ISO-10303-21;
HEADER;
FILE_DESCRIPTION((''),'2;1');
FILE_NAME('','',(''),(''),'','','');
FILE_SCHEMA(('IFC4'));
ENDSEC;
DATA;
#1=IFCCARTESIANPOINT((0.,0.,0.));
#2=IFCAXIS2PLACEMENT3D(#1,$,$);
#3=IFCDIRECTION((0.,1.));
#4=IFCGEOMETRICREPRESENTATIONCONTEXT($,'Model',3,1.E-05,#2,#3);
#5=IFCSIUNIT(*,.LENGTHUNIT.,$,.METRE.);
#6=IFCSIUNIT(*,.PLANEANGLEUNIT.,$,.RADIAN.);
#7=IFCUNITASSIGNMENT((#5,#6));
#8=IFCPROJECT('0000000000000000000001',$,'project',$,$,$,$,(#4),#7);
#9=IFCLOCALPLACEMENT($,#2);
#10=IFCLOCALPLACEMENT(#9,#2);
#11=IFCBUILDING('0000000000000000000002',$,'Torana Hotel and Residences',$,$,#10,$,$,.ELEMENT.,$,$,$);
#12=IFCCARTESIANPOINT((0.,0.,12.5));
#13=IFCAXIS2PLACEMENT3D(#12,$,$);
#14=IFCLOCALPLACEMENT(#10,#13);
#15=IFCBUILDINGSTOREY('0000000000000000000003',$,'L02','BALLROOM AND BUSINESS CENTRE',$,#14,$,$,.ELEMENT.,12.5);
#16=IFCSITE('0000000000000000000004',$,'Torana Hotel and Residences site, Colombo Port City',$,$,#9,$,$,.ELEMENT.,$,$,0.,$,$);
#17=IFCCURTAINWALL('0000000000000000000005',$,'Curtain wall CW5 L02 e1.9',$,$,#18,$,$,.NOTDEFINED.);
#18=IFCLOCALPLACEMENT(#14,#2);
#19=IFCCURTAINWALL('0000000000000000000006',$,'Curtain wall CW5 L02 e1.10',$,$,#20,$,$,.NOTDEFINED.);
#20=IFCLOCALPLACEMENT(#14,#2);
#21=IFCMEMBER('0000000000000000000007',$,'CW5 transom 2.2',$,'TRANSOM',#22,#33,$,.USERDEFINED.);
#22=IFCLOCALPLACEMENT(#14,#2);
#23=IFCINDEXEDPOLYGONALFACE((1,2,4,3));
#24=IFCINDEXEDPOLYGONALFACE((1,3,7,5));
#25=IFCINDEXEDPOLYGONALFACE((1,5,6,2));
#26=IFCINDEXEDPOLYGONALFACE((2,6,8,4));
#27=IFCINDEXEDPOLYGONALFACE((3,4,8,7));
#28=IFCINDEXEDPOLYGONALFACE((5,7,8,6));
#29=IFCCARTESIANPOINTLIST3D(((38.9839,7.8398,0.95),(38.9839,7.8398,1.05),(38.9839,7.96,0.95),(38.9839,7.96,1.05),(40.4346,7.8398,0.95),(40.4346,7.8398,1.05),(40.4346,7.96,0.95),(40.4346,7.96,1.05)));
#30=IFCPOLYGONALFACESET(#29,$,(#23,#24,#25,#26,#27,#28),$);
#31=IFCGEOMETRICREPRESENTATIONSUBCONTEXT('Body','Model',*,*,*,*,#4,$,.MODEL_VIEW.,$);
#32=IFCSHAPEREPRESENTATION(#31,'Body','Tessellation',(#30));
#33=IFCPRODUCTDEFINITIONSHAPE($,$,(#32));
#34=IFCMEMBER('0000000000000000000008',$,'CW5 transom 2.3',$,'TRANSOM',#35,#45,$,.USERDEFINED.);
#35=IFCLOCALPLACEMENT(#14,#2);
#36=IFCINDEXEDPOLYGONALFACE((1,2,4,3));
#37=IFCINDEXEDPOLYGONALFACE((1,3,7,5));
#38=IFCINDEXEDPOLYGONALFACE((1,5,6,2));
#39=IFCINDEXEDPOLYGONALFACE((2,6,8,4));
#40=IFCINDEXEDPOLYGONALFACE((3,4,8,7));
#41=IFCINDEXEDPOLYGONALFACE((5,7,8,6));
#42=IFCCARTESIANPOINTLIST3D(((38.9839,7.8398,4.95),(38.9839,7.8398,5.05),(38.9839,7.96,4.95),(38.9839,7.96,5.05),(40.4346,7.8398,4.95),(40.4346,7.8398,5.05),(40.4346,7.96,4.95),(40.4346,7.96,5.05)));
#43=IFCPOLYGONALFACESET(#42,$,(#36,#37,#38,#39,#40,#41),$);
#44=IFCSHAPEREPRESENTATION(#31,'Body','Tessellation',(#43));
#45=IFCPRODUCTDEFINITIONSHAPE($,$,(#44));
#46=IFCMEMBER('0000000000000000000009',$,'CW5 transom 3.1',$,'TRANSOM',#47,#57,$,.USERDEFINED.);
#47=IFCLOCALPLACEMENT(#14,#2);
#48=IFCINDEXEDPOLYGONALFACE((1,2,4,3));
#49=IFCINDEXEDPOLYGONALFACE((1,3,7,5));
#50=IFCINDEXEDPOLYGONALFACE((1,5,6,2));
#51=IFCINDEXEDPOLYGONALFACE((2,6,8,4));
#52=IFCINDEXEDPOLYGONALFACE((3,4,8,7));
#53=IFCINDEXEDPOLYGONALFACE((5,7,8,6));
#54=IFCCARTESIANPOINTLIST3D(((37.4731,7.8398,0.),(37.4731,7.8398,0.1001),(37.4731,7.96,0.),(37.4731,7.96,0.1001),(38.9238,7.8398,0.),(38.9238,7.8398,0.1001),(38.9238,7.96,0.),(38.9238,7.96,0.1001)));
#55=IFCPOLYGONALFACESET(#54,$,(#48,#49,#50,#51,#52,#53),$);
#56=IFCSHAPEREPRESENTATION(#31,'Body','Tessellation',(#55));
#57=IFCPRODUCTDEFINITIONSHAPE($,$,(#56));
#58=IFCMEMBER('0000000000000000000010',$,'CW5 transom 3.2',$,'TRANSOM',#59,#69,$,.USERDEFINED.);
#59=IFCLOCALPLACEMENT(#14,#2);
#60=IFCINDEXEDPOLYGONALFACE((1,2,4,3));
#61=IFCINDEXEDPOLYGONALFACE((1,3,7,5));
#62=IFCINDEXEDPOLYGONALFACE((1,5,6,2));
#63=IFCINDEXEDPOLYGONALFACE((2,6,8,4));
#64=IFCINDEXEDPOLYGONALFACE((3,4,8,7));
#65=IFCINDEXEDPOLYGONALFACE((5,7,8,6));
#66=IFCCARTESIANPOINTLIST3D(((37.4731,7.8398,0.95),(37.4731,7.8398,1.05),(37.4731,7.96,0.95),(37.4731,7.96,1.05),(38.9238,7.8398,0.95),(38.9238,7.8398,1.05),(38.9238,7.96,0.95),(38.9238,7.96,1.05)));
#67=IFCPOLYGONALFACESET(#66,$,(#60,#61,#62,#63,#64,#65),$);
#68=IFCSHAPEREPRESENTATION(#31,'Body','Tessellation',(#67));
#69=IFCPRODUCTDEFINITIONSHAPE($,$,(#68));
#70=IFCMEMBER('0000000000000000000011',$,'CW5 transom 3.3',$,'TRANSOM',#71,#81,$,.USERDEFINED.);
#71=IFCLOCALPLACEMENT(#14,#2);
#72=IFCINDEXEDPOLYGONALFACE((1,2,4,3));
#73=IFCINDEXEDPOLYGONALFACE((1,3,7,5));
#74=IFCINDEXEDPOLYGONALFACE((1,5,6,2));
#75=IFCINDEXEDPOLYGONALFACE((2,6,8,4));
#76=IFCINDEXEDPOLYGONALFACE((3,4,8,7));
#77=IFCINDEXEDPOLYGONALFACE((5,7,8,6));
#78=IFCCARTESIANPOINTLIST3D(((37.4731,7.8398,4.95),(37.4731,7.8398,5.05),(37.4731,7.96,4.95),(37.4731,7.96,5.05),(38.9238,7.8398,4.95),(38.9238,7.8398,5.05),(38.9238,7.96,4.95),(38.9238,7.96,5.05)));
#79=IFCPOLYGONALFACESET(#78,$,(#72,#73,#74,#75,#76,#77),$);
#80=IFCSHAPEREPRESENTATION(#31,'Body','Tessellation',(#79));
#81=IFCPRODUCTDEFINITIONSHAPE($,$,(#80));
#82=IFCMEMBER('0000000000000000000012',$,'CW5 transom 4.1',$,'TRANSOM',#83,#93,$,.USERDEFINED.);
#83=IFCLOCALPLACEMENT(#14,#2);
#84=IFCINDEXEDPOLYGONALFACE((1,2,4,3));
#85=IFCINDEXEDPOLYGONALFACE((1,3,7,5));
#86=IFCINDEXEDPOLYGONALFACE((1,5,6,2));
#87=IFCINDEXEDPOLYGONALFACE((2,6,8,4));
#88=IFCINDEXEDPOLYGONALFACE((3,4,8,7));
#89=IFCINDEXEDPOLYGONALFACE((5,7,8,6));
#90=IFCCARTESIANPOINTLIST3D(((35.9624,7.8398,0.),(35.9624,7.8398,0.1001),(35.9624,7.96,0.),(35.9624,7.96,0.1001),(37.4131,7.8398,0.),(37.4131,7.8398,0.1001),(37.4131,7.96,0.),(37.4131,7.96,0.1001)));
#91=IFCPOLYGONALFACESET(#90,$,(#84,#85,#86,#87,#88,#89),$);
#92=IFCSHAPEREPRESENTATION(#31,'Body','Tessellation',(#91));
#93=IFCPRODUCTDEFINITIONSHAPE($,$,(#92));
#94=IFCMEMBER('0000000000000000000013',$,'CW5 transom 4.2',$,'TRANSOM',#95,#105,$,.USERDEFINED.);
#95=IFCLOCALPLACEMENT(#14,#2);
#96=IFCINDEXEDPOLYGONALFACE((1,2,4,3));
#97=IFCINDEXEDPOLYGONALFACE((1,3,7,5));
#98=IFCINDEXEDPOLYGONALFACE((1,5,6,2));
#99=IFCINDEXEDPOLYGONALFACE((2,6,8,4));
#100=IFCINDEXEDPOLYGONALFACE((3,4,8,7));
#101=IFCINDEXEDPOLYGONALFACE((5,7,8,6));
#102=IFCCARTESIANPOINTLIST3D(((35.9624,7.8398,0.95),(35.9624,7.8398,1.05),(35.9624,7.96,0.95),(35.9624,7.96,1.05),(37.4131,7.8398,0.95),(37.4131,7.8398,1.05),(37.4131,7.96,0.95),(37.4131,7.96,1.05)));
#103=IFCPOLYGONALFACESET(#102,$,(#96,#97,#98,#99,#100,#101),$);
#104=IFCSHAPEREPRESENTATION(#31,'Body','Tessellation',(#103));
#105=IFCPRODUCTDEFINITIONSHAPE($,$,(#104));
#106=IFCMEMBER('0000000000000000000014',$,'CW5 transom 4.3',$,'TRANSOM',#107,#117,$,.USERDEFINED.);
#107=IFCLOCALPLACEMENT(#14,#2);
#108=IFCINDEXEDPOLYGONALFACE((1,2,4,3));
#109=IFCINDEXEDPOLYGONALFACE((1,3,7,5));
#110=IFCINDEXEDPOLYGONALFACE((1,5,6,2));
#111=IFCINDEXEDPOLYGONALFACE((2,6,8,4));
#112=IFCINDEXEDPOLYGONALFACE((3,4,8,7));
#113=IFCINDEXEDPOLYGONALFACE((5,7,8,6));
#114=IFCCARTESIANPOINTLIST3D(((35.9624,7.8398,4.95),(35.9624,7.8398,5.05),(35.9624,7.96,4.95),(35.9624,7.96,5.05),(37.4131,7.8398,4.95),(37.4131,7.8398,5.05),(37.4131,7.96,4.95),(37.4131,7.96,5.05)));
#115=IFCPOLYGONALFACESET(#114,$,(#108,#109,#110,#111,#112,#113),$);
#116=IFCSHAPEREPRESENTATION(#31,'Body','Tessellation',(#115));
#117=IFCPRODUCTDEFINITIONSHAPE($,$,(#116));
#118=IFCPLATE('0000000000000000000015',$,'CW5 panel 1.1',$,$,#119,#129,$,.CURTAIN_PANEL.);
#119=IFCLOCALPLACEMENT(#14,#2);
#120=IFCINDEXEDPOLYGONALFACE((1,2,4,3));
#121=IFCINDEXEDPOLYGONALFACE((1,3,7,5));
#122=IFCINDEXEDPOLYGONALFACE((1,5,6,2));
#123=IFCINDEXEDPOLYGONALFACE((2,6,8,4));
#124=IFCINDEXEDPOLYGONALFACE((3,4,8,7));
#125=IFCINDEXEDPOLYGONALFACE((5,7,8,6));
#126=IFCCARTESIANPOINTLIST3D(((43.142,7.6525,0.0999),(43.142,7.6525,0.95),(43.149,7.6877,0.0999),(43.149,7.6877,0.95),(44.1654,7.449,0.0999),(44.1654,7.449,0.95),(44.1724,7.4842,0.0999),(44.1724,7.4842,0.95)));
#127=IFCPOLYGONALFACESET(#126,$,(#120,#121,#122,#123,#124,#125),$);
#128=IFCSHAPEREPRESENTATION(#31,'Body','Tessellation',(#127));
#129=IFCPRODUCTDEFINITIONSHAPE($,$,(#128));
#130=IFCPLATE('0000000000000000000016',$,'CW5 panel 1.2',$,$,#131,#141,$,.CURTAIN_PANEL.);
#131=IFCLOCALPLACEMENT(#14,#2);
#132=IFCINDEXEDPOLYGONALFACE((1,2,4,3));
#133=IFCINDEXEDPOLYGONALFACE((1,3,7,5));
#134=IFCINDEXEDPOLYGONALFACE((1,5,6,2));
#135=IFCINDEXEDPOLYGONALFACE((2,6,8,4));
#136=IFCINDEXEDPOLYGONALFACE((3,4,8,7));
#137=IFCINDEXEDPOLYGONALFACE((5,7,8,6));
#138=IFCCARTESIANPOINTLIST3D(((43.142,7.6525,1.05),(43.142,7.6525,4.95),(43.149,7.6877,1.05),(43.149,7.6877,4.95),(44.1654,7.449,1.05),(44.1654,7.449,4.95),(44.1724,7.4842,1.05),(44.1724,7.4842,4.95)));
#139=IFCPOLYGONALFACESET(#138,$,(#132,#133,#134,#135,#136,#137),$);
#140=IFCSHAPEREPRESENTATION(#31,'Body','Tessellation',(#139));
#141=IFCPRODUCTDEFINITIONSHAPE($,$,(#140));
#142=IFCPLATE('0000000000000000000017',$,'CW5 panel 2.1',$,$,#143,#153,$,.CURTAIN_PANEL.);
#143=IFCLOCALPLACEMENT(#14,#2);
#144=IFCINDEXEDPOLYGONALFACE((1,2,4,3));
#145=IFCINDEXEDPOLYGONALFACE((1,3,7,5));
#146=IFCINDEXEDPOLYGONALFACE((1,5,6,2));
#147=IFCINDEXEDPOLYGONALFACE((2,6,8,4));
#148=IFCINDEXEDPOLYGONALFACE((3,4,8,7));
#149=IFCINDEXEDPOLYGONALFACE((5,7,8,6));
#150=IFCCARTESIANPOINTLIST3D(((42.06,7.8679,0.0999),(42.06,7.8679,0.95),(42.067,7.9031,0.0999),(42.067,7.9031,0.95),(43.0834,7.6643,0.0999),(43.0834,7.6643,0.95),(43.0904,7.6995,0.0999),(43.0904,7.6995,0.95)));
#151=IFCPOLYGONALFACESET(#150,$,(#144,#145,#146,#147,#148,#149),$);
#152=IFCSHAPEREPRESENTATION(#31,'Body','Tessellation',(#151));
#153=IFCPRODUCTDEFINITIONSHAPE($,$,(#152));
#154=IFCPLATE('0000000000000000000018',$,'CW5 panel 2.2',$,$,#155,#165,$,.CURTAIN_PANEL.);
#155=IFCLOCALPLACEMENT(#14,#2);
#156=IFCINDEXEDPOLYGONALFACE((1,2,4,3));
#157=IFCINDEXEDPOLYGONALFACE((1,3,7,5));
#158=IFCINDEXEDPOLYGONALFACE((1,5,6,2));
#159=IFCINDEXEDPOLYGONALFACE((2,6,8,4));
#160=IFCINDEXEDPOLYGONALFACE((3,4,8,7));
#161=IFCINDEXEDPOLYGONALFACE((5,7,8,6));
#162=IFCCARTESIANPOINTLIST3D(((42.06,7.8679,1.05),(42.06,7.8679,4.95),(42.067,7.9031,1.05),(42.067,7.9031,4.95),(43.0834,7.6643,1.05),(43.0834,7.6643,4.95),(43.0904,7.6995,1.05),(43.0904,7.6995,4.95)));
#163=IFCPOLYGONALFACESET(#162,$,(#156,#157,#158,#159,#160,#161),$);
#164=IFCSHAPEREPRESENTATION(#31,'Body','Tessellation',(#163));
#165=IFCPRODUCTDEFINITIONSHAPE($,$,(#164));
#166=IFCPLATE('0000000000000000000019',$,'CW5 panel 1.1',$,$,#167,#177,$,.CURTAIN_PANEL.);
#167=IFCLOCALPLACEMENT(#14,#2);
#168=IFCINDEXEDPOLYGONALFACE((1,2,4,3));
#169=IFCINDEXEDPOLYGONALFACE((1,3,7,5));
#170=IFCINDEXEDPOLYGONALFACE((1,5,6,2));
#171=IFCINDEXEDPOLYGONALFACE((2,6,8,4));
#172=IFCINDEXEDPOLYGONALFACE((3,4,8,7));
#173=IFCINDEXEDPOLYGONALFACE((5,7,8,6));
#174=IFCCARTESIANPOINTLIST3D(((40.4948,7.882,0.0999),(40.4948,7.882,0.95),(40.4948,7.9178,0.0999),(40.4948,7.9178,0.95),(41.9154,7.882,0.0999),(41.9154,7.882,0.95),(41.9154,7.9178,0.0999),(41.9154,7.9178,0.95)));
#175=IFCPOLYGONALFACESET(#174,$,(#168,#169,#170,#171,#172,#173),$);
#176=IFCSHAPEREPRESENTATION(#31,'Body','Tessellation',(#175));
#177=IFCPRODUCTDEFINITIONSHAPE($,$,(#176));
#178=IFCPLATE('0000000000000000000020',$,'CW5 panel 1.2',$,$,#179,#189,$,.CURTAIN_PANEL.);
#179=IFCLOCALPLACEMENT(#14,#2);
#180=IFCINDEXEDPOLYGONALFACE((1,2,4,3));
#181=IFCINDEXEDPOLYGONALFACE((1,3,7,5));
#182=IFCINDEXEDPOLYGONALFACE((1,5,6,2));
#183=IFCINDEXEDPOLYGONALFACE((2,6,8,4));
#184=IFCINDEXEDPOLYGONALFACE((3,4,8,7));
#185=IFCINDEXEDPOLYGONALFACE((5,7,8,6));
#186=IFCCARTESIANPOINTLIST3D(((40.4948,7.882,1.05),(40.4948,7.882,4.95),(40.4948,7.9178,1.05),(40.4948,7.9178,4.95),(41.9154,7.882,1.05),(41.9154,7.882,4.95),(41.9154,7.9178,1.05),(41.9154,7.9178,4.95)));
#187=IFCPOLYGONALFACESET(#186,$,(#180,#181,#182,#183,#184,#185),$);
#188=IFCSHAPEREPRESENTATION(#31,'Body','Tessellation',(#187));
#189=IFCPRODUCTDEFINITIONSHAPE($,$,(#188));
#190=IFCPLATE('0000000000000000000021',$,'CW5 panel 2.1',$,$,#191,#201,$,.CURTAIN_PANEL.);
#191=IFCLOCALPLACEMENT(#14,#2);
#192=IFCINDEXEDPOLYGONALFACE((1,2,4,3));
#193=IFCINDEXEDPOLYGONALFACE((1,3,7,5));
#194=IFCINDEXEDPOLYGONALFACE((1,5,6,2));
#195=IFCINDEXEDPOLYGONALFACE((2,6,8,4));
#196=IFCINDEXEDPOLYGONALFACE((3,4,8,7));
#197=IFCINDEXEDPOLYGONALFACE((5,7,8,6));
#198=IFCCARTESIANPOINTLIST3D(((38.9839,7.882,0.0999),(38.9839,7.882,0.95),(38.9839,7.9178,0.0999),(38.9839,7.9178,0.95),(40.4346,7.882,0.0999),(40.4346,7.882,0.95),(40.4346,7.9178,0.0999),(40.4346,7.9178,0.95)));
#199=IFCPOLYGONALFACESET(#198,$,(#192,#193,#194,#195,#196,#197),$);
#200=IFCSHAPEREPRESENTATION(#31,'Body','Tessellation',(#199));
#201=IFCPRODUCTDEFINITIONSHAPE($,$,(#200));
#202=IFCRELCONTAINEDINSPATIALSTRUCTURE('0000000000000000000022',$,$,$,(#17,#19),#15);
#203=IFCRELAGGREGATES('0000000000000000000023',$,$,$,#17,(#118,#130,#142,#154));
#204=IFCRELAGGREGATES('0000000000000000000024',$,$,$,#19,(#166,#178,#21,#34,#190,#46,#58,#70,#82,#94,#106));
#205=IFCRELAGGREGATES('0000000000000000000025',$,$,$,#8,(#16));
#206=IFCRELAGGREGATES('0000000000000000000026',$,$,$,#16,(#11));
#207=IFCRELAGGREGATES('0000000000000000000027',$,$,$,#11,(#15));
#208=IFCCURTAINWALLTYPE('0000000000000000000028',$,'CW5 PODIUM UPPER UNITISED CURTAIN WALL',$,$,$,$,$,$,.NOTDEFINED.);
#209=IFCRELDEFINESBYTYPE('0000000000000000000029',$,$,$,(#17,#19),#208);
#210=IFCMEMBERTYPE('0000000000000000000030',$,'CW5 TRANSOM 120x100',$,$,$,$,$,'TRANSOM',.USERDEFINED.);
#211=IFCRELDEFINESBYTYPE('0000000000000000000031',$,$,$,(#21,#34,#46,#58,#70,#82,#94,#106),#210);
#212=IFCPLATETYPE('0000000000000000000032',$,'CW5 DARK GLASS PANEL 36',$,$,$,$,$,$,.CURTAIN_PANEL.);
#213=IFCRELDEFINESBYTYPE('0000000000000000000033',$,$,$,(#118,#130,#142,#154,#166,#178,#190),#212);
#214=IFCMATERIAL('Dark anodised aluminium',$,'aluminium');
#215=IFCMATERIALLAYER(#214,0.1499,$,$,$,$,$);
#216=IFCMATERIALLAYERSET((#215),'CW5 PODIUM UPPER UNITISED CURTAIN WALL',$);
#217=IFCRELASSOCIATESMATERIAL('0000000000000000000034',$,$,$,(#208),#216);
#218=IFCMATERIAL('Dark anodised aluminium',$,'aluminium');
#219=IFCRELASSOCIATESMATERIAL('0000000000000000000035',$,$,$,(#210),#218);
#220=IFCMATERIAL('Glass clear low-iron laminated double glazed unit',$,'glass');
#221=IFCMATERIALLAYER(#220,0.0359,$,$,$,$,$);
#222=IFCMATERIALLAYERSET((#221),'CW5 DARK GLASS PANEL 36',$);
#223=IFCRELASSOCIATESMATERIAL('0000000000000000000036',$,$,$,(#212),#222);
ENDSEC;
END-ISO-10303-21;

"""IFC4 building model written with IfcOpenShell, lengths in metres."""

from ifc_helpers import new_model, si_unit, direction, frame, origin, origin_2d, place, context, subcontext, project, spatial, rectangle, extrude, material, layer, layer_set, material_profile, profile_set, type_object, element, aggregate, save


model = new_model("IFC4")

# Units and contexts
model_context = context("Model", 3, precision=1e-05, world=origin(), true_north=direction((0.0, 1.0)))
body_context = subcontext(model_context, "Body", "Model", "MODEL_VIEW")
ifc_project = project(units=[si_unit("LENGTHUNIT", "METRE"), si_unit("PLANEANGLEUNIT", "RADIAN")], contexts=[model_context])

# Site, building, storey
site_placement = place(None, origin())
site = spatial("IfcSite", under=ifc_project, at=site_placement, Name="Torana Hotel and Residences site, Colombo Port City", CompositionType="ELEMENT", RefElevation=0.0)
building_placement = place(site_placement, origin())
building = spatial("IfcBuilding", under=site, at=building_placement, Name="Torana Hotel and Residences", CompositionType="ELEMENT")
storey_placement = place(building_placement, frame((0.0, 0.0, 12.5)))
storey = spatial("IfcBuildingStorey", under=building, at=storey_placement, Name="L02", Description="BALLROOM AND BUSINESS CENTRE", CompositionType="ELEMENT", Elevation=12.5)

# Curtain walls
ifc_material_1 = material(Name="Dark anodised aluminium", Category="aluminium")
ifc_layer_1 = layer(ifc_material_1, 0.1499)
ifc_layer_set_1 = layer_set([ifc_layer_1], Name="CW5 PODIUM UPPER UNITISED CURTAIN WALL")
curtain_wall_type = type_object("IfcCurtainWallType", Name="CW5 PODIUM UPPER UNITISED CURTAIN WALL", PredefinedType="NOTDEFINED", material=ifc_layer_set_1)
curtain_wall_1_placement = place(storey_placement, origin())
curtain_wall_1 = element("IfcCurtainWall", 1, at=curtain_wall_1_placement, inside=storey, type_object=curtain_wall_type, Name="Curtain wall CW5 L02 e1.9", PredefinedType="NOTDEFINED")
curtain_wall_2_placement = place(storey_placement, origin())
curtain_wall_2 = element("IfcCurtainWall", 2, at=curtain_wall_2_placement, inside=storey, type_object=curtain_wall_type, Name="Curtain wall CW5 L02 e1.10", PredefinedType="NOTDEFINED")

# Members
ifc_material_2 = material(Name="Dark anodised aluminium", Category="aluminium")
ifc_material_profile_1 = material_profile(ifc_material_2, rectangle(XDim=0.1201, YDim=0.1001, at=origin_2d()), Name="CW5 TRANSOM 120x100")
ifc_profile_set_1 = profile_set([ifc_material_profile_1], Name="Dark anodised aluminium")
member_type_1 = type_object("IfcMemberType", Name="CW5 TRANSOM 120x100", ElementType="TRANSOM", PredefinedType="USERDEFINED", material=ifc_profile_set_1)
member_1_placement = place(storey_placement, frame((40.4346, 7.8999, 1.0), z_axis=(-1.0, 0.0, 0.0), x_axis=(0.0, -1.0, 0.0)))
member_1 = element("IfcMember", 3, at=member_1_placement, type_object=member_type_1, Name="CW5 transom 2.2", ObjectType="TRANSOM", PredefinedType="USERDEFINED", context=body_context, shape_type="SweptSolid", body=[
    extrude(rectangle(XDim=0.1201, YDim=0.1001, at=origin_2d()), origin(), (0.0, 0.0, 1.0), 1.4507),
])
member_2_placement = place(storey_placement, frame((40.4346, 7.8999, 5.0), z_axis=(-1.0, 0.0, 0.0), x_axis=(0.0, -1.0, 0.0)))
member_2 = element("IfcMember", 4, at=member_2_placement, type_object=member_type_1, Name="CW5 transom 2.3", ObjectType="TRANSOM", PredefinedType="USERDEFINED", context=body_context, shape_type="SweptSolid", body=[
    extrude(rectangle(XDim=0.1201, YDim=0.1001, at=origin_2d()), origin(), (0.0, 0.0, 1.0), 1.4507),
])
member_3_placement = place(storey_placement, frame((38.9238, 7.8999, 0.05), z_axis=(-1.0, 0.0, 0.0), x_axis=(0.0, -1.0, 0.0)))
member_3 = element("IfcMember", 5, at=member_3_placement, type_object=member_type_1, Name="CW5 transom 3.1", ObjectType="TRANSOM", PredefinedType="USERDEFINED", context=body_context, shape_type="SweptSolid", body=[
    extrude(rectangle(XDim=0.1201, YDim=0.1001, at=origin_2d()), origin(), (0.0, 0.0, 1.0), 1.4507),
])
member_4_placement = place(storey_placement, frame((38.9238, 7.8999, 1.0), z_axis=(-1.0, 0.0, 0.0), x_axis=(0.0, -1.0, 0.0)))
member_4 = element("IfcMember", 6, at=member_4_placement, type_object=member_type_1, Name="CW5 transom 3.2", ObjectType="TRANSOM", PredefinedType="USERDEFINED", context=body_context, shape_type="SweptSolid", body=[
    extrude(rectangle(XDim=0.1201, YDim=0.1001, at=origin_2d()), origin(), (0.0, 0.0, 1.0), 1.4507),
])
member_5_placement = place(storey_placement, frame((38.9238, 7.8999, 5.0), z_axis=(-1.0, 0.0, 0.0), x_axis=(0.0, -1.0, 0.0)))
member_5 = element("IfcMember", 7, at=member_5_placement, type_object=member_type_1, Name="CW5 transom 3.3", ObjectType="TRANSOM", PredefinedType="USERDEFINED", context=body_context, shape_type="SweptSolid", body=[
    extrude(rectangle(XDim=0.1201, YDim=0.1001, at=origin_2d()), origin(), (0.0, 0.0, 1.0), 1.4507),
])
member_6_placement = place(storey_placement, frame((37.4131, 7.8999, 0.05), z_axis=(-1.0, 0.0, 0.0), x_axis=(0.0, -1.0, 0.0)))
member_6 = element("IfcMember", 8, at=member_6_placement, type_object=member_type_1, Name="CW5 transom 4.1", ObjectType="TRANSOM", PredefinedType="USERDEFINED", context=body_context, shape_type="SweptSolid", body=[
    extrude(rectangle(XDim=0.1201, YDim=0.1001, at=origin_2d()), origin(), (0.0, 0.0, 1.0), 1.4507),
])
member_7_placement = place(storey_placement, frame((37.4131, 7.8999, 1.0), z_axis=(-1.0, 0.0, 0.0), x_axis=(0.0, -1.0, 0.0)))
member_7 = element("IfcMember", 9, at=member_7_placement, type_object=member_type_1, Name="CW5 transom 4.2", ObjectType="TRANSOM", PredefinedType="USERDEFINED", context=body_context, shape_type="SweptSolid", body=[
    extrude(rectangle(XDim=0.1201, YDim=0.1001, at=origin_2d()), origin(), (0.0, 0.0, 1.0), 1.4507),
])
member_8_placement = place(storey_placement, frame((37.4131, 7.8999, 5.0), z_axis=(-1.0, 0.0, 0.0), x_axis=(0.0, -1.0, 0.0)))
member_8 = element("IfcMember", 10, at=member_8_placement, type_object=member_type_1, Name="CW5 transom 4.3", ObjectType="TRANSOM", PredefinedType="USERDEFINED", context=body_context, shape_type="SweptSolid", body=[
    extrude(rectangle(XDim=0.1201, YDim=0.1001, at=origin_2d()), origin(), (0.0, 0.0, 1.0), 1.4507),
])

# Plates
ifc_material_3 = material(Name="Glass clear low-iron laminated double glazed unit", Category="glass")
ifc_layer_2 = layer(ifc_material_3, 0.0359)
ifc_layer_set_2 = layer_set([ifc_layer_2], Name="CW5 DARK GLASS PANEL 36")
plate_type = type_object("IfcPlateType", Name="CW5 DARK GLASS PANEL 36", PredefinedType="CURTAIN_PANEL", material=ifc_layer_set_2)
plate_1_placement = place(storey_placement, frame((43.6572, 7.5684, 0.0999), z_axis=(0.0, 0.0, 1.0), x_axis=(-0.980787, 0.195081, 0.0)))
plate_1 = element("IfcPlate", 11, at=plate_1_placement, type_object=plate_type, Name="CW5 panel 1.1", PredefinedType="CURTAIN_PANEL", context=body_context, shape_type="SweptSolid", body=[
    extrude(rectangle(XDim=1.0435, YDim=0.0359, at=origin_2d()), origin(), (0.0, 0.0, 1.0), 0.8501),
])
plate_2_placement = place(storey_placement, frame((43.6572, 7.5684, 1.05), z_axis=(0.0, 0.0, 1.0), x_axis=(-0.980787, 0.195081, 0.0)))
plate_2 = element("IfcPlate", 12, at=plate_2_placement, type_object=plate_type, Name="CW5 panel 1.2", PredefinedType="CURTAIN_PANEL", context=body_context, shape_type="SweptSolid", body=[
    extrude(rectangle(XDim=1.0435, YDim=0.0359, at=origin_2d()), origin(), (0.0, 0.0, 1.0), 3.8999),
])
plate_3_placement = place(storey_placement, frame((42.5752, 7.7837, 0.0999), z_axis=(0.0, 0.0, 1.0), x_axis=(-0.980787, 0.195081, 0.0)))
plate_3 = element("IfcPlate", 13, at=plate_3_placement, type_object=plate_type, Name="CW5 panel 2.1", PredefinedType="CURTAIN_PANEL", context=body_context, shape_type="SweptSolid", body=[
    extrude(rectangle(XDim=1.0435, YDim=0.0359, at=origin_2d()), origin(), (0.0, 0.0, 1.0), 0.8501),
])
plate_4_placement = place(storey_placement, frame((42.5752, 7.7837, 1.05), z_axis=(0.0, 0.0, 1.0), x_axis=(-0.980787, 0.195081, 0.0)))
plate_4 = element("IfcPlate", 14, at=plate_4_placement, type_object=plate_type, Name="CW5 panel 2.2", PredefinedType="CURTAIN_PANEL", context=body_context, shape_type="SweptSolid", body=[
    extrude(rectangle(XDim=1.0435, YDim=0.0359, at=origin_2d()), origin(), (0.0, 0.0, 1.0), 3.8999),
])
aggregate(curtain_wall_1, [plate_1, plate_2, plate_3, plate_4])
plate_5_placement = place(storey_placement, frame((41.2051, 7.8999, 0.0999), z_axis=(0.0, 0.0, 1.0), x_axis=(-1.0, 0.0, 0.0)))
plate_5 = element("IfcPlate", 15, at=plate_5_placement, type_object=plate_type, Name="CW5 panel 1.1", PredefinedType="CURTAIN_PANEL", context=body_context, shape_type="SweptSolid", body=[
    extrude(rectangle(XDim=1.4207, YDim=0.0359, at=origin_2d()), origin(), (0.0, 0.0, 1.0), 0.8501),
])
plate_6_placement = place(storey_placement, frame((41.2051, 7.8999, 1.05), z_axis=(0.0, 0.0, 1.0), x_axis=(-1.0, 0.0, 0.0)))
plate_6 = element("IfcPlate", 16, at=plate_6_placement, type_object=plate_type, Name="CW5 panel 1.2", PredefinedType="CURTAIN_PANEL", context=body_context, shape_type="SweptSolid", body=[
    extrude(rectangle(XDim=1.4207, YDim=0.0359, at=origin_2d()), origin(), (0.0, 0.0, 1.0), 3.8999),
])
plate_7_placement = place(storey_placement, frame((39.7092, 7.8999, 0.0999), z_axis=(0.0, 0.0, 1.0), x_axis=(-1.0, 0.0, 0.0)))
plate_7 = element("IfcPlate", 17, at=plate_7_placement, type_object=plate_type, Name="CW5 panel 2.1", PredefinedType="CURTAIN_PANEL", context=body_context, shape_type="SweptSolid", body=[
    extrude(rectangle(XDim=1.4507, YDim=0.0359, at=origin_2d()), origin(), (0.0, 0.0, 1.0), 0.8501),
])
aggregate(curtain_wall_2, [plate_5, plate_6, member_1, member_2, plate_7, member_3, member_4, member_5, member_6, member_7, member_8])

save(model, "model.ifc")
